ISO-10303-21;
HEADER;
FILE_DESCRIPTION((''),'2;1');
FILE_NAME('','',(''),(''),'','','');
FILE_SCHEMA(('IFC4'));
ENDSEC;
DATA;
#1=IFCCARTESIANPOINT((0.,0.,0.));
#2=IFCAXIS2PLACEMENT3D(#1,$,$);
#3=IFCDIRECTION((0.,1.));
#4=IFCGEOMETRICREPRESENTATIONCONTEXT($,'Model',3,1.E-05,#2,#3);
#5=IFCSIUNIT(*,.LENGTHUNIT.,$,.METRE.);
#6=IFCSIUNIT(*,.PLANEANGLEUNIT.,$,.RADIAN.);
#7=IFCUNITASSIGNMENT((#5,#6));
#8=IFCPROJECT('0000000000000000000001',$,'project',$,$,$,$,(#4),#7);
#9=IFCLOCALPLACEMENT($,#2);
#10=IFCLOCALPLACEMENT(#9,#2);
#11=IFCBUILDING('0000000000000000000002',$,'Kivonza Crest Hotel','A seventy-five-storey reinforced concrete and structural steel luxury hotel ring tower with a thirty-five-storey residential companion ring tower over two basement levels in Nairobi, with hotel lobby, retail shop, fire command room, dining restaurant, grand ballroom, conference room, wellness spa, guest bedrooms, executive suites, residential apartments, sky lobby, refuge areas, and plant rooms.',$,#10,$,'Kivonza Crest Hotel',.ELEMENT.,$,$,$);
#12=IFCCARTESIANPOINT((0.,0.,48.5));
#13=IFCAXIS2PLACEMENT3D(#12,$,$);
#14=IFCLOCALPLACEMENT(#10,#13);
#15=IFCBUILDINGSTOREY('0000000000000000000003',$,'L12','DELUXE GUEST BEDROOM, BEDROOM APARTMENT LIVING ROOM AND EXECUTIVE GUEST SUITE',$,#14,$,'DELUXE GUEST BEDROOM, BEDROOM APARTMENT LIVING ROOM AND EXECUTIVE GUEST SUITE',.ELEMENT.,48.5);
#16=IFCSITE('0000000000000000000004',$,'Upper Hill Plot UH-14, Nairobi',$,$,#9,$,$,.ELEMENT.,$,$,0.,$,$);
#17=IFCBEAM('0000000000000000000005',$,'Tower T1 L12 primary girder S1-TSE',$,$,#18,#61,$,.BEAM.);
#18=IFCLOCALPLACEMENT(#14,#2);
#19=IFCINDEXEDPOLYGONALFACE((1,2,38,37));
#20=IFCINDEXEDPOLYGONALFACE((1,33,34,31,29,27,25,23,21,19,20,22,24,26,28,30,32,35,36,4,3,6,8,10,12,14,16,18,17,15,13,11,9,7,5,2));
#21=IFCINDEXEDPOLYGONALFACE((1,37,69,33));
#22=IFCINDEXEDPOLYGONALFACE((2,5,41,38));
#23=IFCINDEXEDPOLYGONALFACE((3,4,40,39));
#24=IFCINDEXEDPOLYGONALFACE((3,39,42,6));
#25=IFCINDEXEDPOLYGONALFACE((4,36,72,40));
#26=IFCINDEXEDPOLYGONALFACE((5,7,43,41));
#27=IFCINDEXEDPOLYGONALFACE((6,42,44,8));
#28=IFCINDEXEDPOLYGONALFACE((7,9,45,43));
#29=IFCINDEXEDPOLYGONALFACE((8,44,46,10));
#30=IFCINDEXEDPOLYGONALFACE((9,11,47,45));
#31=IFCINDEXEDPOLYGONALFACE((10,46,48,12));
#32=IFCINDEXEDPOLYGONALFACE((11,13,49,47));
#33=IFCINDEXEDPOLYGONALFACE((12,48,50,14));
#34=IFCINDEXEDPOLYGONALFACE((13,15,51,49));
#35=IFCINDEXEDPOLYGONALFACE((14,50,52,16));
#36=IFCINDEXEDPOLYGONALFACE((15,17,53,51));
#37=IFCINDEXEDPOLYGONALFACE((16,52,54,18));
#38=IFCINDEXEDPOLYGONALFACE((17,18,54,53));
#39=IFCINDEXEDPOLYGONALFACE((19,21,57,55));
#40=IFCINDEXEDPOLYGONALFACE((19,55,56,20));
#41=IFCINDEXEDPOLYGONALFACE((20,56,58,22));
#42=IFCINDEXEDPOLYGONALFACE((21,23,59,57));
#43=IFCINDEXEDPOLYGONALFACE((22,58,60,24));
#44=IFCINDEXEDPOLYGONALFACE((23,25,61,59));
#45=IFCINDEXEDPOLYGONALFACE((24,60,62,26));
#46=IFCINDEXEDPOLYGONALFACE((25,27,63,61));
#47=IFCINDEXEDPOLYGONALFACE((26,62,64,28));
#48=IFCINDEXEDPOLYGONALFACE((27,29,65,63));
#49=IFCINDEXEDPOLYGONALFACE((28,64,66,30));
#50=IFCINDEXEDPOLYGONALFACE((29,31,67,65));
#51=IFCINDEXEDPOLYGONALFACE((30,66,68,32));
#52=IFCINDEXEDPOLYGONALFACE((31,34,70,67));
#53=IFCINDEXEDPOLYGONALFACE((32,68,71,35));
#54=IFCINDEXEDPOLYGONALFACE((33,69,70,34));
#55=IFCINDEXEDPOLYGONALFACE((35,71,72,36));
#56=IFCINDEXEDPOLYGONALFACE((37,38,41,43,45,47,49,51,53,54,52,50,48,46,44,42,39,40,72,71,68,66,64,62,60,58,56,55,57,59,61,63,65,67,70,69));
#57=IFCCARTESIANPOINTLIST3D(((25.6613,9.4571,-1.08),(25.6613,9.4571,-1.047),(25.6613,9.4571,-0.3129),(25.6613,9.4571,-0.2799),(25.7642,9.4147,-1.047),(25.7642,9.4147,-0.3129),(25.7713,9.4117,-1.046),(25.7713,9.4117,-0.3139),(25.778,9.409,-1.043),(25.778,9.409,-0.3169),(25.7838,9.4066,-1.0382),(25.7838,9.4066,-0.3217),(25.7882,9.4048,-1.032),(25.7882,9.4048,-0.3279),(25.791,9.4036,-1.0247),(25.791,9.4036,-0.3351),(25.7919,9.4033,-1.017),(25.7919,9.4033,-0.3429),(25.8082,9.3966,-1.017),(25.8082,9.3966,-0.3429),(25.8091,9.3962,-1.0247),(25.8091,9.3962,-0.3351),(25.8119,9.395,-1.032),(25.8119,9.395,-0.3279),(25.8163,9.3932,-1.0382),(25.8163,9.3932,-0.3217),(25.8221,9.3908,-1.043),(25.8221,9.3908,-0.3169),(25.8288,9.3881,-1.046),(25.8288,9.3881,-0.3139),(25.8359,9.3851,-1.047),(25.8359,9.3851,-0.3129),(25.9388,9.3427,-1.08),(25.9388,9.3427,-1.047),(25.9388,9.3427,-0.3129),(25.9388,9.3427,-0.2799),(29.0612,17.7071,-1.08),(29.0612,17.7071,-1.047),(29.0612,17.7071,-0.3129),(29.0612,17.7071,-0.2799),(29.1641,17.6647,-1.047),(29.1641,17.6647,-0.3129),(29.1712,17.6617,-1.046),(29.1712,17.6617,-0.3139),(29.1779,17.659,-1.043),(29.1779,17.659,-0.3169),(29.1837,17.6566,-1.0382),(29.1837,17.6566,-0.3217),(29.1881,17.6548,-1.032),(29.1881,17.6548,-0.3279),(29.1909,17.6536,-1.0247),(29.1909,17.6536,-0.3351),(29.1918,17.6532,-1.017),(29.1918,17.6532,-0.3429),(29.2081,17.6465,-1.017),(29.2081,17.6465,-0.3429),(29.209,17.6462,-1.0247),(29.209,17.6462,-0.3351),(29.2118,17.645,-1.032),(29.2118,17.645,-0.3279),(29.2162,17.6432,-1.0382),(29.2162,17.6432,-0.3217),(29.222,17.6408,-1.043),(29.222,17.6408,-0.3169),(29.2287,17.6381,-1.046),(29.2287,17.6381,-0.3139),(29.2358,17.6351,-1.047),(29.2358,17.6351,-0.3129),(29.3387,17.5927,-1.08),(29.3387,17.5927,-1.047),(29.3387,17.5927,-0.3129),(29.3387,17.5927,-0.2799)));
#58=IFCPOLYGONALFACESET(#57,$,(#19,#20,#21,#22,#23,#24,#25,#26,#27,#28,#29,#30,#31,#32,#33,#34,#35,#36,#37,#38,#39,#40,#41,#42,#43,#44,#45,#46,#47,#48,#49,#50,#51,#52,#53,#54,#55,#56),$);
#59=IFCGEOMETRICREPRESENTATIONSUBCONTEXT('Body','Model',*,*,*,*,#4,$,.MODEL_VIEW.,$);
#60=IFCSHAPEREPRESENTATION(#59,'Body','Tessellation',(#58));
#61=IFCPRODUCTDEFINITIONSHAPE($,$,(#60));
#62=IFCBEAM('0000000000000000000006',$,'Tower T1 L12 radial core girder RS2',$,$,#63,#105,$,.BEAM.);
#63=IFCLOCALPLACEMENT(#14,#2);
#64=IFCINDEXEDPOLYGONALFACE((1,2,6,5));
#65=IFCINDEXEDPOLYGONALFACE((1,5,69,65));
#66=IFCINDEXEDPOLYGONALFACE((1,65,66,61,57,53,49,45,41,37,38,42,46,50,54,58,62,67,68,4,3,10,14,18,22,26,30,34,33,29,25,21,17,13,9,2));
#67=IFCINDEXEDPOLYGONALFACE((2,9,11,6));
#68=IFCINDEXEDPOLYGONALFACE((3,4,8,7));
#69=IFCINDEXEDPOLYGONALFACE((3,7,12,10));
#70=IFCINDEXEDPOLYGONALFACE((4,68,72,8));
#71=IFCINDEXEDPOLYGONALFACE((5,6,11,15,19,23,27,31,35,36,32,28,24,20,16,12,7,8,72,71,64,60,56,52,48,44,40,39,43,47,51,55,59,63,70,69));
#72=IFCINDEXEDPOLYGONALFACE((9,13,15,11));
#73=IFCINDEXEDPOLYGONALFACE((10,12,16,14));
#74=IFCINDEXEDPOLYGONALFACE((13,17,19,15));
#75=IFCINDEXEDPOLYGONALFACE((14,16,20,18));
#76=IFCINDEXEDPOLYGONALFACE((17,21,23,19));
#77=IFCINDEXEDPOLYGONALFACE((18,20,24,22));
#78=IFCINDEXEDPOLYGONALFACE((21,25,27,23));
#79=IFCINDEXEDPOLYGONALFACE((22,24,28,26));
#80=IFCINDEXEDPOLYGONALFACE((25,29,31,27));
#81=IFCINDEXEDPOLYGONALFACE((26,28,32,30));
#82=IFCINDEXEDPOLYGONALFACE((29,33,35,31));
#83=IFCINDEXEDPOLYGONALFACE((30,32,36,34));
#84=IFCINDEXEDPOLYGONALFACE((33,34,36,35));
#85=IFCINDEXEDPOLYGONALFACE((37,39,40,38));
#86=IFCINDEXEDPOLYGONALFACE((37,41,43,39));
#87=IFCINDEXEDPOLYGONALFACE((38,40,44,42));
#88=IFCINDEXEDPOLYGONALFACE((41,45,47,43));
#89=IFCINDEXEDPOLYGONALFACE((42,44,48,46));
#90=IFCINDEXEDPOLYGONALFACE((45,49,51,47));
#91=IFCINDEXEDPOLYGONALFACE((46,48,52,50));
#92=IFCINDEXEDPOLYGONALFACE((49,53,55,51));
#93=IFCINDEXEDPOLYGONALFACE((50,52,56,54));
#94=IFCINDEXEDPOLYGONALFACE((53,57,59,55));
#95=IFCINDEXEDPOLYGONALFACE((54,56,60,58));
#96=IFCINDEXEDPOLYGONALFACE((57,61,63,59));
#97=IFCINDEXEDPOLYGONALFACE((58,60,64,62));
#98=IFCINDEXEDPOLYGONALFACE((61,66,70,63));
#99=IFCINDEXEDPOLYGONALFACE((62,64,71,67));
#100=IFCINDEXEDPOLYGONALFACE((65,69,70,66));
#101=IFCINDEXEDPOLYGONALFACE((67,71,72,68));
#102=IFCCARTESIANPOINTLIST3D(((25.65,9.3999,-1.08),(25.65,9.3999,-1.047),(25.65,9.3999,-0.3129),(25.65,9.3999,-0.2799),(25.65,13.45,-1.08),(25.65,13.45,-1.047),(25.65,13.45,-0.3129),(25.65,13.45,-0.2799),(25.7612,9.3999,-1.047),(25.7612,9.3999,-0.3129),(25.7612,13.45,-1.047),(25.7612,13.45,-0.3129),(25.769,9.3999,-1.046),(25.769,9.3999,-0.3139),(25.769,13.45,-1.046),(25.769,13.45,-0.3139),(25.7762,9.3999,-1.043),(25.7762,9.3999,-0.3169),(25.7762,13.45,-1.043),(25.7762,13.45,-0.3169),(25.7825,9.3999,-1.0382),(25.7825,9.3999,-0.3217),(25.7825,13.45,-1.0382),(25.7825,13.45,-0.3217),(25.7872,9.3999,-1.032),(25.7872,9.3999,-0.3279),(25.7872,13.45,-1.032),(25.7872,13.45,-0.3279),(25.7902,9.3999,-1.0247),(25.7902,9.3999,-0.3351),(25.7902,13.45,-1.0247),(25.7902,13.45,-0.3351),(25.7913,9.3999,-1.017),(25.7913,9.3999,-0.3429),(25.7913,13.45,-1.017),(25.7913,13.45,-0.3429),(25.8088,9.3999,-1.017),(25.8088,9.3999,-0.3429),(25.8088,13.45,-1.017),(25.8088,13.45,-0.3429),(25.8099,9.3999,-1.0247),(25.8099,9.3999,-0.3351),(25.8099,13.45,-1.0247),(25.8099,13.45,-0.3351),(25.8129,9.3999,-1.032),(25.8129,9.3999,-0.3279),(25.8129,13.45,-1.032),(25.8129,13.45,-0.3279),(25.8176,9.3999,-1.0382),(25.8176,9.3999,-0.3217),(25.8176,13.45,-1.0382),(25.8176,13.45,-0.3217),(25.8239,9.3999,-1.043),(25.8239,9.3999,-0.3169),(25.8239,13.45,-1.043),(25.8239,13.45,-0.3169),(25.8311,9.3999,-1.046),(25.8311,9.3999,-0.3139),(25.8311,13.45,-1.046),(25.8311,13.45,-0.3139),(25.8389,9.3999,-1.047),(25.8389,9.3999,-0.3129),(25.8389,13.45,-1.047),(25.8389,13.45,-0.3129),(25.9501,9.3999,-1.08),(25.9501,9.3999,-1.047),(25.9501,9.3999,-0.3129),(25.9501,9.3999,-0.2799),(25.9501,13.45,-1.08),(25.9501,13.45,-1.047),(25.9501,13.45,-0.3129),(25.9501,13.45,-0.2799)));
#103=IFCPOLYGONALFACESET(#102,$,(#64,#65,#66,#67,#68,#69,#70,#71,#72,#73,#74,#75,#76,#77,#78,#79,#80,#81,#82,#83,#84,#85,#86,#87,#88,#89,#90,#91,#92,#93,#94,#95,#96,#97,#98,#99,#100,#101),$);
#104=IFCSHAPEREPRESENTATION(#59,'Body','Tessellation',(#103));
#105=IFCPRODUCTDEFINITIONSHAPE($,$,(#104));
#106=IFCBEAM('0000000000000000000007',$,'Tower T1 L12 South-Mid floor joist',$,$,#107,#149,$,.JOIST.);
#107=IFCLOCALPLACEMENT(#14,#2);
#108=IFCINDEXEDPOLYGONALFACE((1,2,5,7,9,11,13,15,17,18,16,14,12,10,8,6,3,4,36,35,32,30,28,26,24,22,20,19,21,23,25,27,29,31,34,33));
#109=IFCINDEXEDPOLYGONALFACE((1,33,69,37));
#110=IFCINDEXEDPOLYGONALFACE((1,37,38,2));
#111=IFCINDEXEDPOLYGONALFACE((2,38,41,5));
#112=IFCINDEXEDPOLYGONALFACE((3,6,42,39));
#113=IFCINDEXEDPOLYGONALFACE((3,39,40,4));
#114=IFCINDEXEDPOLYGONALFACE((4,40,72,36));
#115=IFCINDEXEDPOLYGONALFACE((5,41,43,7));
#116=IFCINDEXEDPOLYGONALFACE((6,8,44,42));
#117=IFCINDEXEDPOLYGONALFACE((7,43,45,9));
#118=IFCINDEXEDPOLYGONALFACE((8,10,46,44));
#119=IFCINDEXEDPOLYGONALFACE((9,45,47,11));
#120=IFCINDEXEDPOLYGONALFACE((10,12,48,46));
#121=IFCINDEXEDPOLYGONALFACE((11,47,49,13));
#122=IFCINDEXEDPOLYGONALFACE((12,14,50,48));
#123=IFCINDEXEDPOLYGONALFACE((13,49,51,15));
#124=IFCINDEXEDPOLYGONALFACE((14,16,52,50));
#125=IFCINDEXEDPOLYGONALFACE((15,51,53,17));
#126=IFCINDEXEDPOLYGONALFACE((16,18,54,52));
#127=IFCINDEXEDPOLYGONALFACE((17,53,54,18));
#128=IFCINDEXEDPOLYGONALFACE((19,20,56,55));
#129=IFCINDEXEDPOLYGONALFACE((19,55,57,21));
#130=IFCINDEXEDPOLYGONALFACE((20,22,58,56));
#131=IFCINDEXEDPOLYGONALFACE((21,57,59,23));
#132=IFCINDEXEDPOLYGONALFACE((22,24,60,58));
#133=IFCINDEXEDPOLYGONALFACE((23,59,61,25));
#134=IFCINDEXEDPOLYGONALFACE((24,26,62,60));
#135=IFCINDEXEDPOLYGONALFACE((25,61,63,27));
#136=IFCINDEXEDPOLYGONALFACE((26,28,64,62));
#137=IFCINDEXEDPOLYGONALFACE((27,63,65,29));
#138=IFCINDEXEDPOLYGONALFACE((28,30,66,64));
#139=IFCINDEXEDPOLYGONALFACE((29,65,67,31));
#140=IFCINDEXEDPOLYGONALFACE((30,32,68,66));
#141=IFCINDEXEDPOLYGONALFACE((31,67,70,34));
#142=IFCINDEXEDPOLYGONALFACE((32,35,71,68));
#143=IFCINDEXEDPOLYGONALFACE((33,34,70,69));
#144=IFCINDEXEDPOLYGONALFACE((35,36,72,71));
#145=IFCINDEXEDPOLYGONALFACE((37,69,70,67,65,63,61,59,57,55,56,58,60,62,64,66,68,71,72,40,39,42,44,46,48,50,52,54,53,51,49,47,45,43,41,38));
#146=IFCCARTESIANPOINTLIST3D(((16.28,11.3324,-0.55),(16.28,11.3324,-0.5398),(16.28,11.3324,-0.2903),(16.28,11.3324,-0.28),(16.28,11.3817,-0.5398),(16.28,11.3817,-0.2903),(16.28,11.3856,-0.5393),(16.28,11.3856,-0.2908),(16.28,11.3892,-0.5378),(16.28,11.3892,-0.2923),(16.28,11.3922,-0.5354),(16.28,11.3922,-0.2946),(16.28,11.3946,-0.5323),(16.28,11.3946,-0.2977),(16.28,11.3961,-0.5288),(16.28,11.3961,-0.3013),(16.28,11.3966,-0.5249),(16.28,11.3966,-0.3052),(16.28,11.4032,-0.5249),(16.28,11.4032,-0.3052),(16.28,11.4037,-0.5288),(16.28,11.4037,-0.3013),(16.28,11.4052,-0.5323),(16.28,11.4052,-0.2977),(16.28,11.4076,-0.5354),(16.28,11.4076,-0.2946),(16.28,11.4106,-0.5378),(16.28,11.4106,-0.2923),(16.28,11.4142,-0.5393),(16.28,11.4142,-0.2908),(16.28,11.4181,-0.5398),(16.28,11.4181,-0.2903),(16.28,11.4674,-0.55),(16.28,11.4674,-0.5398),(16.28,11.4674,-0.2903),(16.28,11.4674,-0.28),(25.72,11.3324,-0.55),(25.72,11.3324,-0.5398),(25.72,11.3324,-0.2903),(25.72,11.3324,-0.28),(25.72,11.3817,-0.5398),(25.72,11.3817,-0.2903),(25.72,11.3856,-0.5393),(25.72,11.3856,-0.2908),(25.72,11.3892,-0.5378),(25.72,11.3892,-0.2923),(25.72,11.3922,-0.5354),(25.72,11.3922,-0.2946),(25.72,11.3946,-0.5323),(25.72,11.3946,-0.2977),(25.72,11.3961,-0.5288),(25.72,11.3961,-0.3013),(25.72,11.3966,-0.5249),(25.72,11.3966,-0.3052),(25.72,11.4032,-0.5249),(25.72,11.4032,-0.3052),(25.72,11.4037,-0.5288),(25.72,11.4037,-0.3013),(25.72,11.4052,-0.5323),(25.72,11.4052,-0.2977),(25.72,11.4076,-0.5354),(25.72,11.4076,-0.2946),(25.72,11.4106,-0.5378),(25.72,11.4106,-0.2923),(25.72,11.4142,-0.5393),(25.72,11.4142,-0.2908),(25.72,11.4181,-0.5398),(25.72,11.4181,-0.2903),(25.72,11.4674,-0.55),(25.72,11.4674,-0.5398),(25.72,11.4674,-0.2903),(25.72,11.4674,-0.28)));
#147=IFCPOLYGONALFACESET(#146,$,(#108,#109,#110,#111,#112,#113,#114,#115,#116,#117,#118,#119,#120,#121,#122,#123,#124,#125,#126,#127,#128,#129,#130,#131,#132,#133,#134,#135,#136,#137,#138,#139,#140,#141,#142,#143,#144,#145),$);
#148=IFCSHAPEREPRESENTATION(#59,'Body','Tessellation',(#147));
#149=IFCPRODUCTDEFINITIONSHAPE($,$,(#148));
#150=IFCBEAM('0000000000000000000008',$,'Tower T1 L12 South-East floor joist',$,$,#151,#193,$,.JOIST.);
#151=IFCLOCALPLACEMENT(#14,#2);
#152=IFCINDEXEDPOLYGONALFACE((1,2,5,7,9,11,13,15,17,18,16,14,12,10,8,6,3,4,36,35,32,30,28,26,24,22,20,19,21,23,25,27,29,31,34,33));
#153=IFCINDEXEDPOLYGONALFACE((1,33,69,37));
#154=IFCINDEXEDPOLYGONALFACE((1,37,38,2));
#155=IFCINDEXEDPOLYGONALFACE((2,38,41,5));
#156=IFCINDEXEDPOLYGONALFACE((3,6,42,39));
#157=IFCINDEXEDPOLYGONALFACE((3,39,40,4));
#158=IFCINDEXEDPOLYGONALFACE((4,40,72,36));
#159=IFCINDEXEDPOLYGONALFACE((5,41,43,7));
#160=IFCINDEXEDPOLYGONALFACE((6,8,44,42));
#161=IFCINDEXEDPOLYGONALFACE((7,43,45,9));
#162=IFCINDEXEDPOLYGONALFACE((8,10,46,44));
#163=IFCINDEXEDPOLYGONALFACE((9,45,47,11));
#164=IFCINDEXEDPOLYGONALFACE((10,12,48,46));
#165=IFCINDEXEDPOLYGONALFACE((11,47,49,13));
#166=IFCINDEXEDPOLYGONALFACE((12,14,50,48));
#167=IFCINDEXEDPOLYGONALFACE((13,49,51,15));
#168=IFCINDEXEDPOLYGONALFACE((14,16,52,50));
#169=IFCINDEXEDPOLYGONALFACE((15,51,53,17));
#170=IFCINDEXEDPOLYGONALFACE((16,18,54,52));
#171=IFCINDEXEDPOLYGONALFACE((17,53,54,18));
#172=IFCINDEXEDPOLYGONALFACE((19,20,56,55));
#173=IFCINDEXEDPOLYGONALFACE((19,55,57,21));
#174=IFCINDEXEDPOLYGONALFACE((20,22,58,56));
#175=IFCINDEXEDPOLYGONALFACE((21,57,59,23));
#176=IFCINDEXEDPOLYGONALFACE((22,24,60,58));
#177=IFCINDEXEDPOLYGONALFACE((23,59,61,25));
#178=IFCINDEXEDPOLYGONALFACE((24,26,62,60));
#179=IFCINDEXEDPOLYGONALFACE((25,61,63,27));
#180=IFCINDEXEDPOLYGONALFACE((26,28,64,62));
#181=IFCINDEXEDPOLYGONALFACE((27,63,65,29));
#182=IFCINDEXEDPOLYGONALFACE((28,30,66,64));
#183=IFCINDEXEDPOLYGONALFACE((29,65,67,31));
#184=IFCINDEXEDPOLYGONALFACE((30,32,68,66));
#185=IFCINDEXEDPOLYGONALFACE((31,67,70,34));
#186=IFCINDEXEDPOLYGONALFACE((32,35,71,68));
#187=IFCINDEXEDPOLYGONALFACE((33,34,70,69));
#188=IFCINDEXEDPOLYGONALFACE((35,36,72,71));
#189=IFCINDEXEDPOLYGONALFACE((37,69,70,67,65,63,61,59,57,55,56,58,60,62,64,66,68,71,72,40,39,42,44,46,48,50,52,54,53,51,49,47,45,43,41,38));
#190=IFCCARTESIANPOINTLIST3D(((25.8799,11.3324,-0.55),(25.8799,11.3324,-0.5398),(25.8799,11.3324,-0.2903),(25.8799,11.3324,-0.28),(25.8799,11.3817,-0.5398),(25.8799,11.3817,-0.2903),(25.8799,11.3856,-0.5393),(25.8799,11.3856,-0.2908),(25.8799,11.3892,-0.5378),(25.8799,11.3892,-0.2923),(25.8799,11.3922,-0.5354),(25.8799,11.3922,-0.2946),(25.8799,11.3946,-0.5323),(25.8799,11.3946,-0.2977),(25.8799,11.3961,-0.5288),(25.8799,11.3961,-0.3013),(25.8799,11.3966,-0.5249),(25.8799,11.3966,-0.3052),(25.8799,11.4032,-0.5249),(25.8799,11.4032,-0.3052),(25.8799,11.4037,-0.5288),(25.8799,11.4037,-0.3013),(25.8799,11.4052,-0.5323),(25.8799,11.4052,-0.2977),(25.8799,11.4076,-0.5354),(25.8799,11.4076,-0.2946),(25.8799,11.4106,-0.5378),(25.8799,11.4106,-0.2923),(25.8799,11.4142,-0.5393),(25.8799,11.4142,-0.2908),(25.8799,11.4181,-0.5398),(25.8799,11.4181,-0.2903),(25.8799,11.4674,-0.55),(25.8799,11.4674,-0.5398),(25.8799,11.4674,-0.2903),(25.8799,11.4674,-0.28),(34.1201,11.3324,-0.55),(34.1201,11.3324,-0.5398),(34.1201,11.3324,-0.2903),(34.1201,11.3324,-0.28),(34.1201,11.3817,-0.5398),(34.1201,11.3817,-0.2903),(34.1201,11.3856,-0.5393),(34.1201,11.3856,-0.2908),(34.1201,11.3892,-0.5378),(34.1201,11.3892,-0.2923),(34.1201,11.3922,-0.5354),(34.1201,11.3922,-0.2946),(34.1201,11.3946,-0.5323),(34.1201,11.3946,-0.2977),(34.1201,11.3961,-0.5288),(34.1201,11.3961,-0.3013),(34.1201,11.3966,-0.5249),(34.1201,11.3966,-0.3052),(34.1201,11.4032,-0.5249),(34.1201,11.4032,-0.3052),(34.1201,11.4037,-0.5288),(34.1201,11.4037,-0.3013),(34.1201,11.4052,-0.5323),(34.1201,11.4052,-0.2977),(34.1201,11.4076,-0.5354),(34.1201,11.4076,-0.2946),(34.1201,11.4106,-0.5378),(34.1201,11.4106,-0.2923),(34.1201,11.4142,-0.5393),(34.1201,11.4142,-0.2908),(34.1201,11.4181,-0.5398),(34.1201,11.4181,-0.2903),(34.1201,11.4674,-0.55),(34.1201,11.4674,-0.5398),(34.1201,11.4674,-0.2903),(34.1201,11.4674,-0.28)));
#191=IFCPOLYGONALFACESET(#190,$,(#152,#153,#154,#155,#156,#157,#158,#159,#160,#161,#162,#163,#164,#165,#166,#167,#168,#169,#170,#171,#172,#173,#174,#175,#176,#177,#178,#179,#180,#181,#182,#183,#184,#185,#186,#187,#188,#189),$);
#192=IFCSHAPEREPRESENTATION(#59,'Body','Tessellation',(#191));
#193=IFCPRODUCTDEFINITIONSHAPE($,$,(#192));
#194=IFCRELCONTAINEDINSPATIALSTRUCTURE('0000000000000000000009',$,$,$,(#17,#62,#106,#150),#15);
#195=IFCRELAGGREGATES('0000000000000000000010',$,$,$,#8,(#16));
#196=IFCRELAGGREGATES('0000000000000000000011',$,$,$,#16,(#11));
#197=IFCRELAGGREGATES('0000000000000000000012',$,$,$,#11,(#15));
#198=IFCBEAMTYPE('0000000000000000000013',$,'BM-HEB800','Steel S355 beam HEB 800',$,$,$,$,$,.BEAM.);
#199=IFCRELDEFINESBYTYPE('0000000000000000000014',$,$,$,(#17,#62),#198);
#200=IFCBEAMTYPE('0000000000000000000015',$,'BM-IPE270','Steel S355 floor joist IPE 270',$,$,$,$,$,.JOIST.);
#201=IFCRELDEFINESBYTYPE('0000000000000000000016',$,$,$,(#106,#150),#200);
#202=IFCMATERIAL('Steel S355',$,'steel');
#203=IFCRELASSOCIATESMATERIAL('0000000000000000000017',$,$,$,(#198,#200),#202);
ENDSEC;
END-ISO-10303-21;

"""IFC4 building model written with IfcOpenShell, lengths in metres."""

from ifc_helpers import new_model, si_unit, direction, frame, origin, origin_2d, place, context, subcontext, project, spatial, i_section, extrude, material, material_profile, profile_set, type_object, element, save


model = new_model("IFC4")

# Units and contexts
model_context = context("Model", 3, precision=1e-05, world=origin(), true_north=direction((0.0, 1.0)))
body_context = subcontext(model_context, "Body", "Model", "MODEL_VIEW")
ifc_project = project(units=[si_unit("LENGTHUNIT", "METRE"), si_unit("PLANEANGLEUNIT", "RADIAN")], contexts=[model_context])

# Site, building, storey
site_placement = place(None, origin())
site = spatial("IfcSite", under=ifc_project, at=site_placement, Name="Upper Hill Plot UH-14, Nairobi", CompositionType="ELEMENT", RefElevation=0.0)
building_placement = place(site_placement, origin())
building = spatial("IfcBuilding", under=site, at=building_placement, Name="Kivonza Crest Hotel", Description="A seventy-five-storey reinforced concrete and structural steel luxury hotel ring tower with a thirty-five-storey residential companion ring tower over two basement levels in Nairobi, with hotel lobby, retail shop, fire command room, dining restaurant, grand ballroom, conference room, wellness spa, guest bedrooms, executive suites, residential apartments, sky lobby, refuge areas, and plant rooms.", LongName="Kivonza Crest Hotel", CompositionType="ELEMENT")
storey_placement = place(building_placement, frame((0.0, 0.0, 48.5)))
storey = spatial("IfcBuildingStorey", under=building, at=storey_placement, Name="L12", Description="DELUXE GUEST BEDROOM, BEDROOM APARTMENT LIVING ROOM AND EXECUTIVE GUEST SUITE", LongName="DELUXE GUEST BEDROOM, BEDROOM APARTMENT LIVING ROOM AND EXECUTIVE GUEST SUITE", CompositionType="ELEMENT", Elevation=48.5)

# Beams
ifc_material_1 = material(Name="Steel S355", Category="steel")
ifc_material_profile_1 = material_profile(ifc_material_1, i_section(OverallWidth=0.3, OverallDepth=0.8, WebThickness=0.0176, FlangeThickness=0.033, FilletRadius=0.03, at=origin_2d()), Name="HEB 800")
ifc_profile_set_1 = profile_set([ifc_material_profile_1], Name="Steel S355")
beam_type_1 = type_object("IfcBeamType", Name="BM-HEB800", Description="Steel S355 beam HEB 800", PredefinedType="BEAM", material=ifc_profile_set_1)
beam_1_placement = place(storey_placement, frame((25.8, 9.3999, -0.6799), z_axis=(0.381022, 0.924566, 0.0), x_axis=(-0.924566, 0.381022, 0.0)))
element("IfcBeam", 1, at=beam_1_placement, inside=storey, type_object=beam_type_1, Name="Tower T1 L12 primary girder S1-TSE", PredefinedType="BEAM", context=body_context, shape_type="SweptSolid", body=[
    extrude(i_section(OverallWidth=0.3, OverallDepth=0.8, WebThickness=0.0176, FlangeThickness=0.033, FilletRadius=0.03, at=origin_2d()), origin(), (0.0, 0.0, 1.0), 8.9231),
])
beam_2_placement = place(storey_placement, frame((25.8, 9.3999, -0.6799), z_axis=(0.0, 1.0, 0.0), x_axis=(-1.0, 0.0, 0.0)))
element("IfcBeam", 2, at=beam_2_placement, inside=storey, type_object=beam_type_1, Name="Tower T1 L12 radial core girder RS2", PredefinedType="BEAM", context=body_context, shape_type="SweptSolid", body=[
    extrude(i_section(OverallWidth=0.3, OverallDepth=0.8, WebThickness=0.0176, FlangeThickness=0.033, FilletRadius=0.03, at=origin_2d()), origin(), (0.0, 0.0, 1.0), 4.05),
])
ifc_material_profile_2 = material_profile(ifc_material_1, i_section(OverallWidth=0.135, OverallDepth=0.27, WebThickness=0.0066, FlangeThickness=0.0103, FilletRadius=0.0149, at=origin_2d()), Name="IPE 270")
ifc_profile_set_2 = profile_set([ifc_material_profile_2], Name="Steel S355")
beam_type_2 = type_object("IfcBeamType", Name="BM-IPE270", Description="Steel S355 floor joist IPE 270", PredefinedType="JOIST", material=ifc_profile_set_2)
beam_3_placement = place(storey_placement, frame((16.28, 11.3999, -0.415), z_axis=(1.0, 0.0, 0.0), x_axis=(0.0, 1.0, 0.0)))
element("IfcBeam", 3, at=beam_3_placement, inside=storey, type_object=beam_type_2, Name="Tower T1 L12 South-Mid floor joist", PredefinedType="JOIST", context=body_context, shape_type="SweptSolid", body=[
    extrude(i_section(OverallWidth=0.135, OverallDepth=0.27, WebThickness=0.0066, FlangeThickness=0.0103, FilletRadius=0.0149, at=origin_2d()), origin(), (0.0, 0.0, 1.0), 9.4399),
])
beam_4_placement = place(storey_placement, frame((25.8799, 11.3999, -0.415), z_axis=(1.0, 0.0, 0.0), x_axis=(0.0, 1.0, 0.0)))
element("IfcBeam", 4, at=beam_4_placement, inside=storey, type_object=beam_type_2, Name="Tower T1 L12 South-East floor joist", PredefinedType="JOIST", context=body_context, shape_type="SweptSolid", body=[
    extrude(i_section(OverallWidth=0.135, OverallDepth=0.27, WebThickness=0.0066, FlangeThickness=0.0103, FilletRadius=0.0149, at=origin_2d()), origin(), (0.0, 0.0, 1.0), 8.2402),
])

save(model, "model.ifc")
